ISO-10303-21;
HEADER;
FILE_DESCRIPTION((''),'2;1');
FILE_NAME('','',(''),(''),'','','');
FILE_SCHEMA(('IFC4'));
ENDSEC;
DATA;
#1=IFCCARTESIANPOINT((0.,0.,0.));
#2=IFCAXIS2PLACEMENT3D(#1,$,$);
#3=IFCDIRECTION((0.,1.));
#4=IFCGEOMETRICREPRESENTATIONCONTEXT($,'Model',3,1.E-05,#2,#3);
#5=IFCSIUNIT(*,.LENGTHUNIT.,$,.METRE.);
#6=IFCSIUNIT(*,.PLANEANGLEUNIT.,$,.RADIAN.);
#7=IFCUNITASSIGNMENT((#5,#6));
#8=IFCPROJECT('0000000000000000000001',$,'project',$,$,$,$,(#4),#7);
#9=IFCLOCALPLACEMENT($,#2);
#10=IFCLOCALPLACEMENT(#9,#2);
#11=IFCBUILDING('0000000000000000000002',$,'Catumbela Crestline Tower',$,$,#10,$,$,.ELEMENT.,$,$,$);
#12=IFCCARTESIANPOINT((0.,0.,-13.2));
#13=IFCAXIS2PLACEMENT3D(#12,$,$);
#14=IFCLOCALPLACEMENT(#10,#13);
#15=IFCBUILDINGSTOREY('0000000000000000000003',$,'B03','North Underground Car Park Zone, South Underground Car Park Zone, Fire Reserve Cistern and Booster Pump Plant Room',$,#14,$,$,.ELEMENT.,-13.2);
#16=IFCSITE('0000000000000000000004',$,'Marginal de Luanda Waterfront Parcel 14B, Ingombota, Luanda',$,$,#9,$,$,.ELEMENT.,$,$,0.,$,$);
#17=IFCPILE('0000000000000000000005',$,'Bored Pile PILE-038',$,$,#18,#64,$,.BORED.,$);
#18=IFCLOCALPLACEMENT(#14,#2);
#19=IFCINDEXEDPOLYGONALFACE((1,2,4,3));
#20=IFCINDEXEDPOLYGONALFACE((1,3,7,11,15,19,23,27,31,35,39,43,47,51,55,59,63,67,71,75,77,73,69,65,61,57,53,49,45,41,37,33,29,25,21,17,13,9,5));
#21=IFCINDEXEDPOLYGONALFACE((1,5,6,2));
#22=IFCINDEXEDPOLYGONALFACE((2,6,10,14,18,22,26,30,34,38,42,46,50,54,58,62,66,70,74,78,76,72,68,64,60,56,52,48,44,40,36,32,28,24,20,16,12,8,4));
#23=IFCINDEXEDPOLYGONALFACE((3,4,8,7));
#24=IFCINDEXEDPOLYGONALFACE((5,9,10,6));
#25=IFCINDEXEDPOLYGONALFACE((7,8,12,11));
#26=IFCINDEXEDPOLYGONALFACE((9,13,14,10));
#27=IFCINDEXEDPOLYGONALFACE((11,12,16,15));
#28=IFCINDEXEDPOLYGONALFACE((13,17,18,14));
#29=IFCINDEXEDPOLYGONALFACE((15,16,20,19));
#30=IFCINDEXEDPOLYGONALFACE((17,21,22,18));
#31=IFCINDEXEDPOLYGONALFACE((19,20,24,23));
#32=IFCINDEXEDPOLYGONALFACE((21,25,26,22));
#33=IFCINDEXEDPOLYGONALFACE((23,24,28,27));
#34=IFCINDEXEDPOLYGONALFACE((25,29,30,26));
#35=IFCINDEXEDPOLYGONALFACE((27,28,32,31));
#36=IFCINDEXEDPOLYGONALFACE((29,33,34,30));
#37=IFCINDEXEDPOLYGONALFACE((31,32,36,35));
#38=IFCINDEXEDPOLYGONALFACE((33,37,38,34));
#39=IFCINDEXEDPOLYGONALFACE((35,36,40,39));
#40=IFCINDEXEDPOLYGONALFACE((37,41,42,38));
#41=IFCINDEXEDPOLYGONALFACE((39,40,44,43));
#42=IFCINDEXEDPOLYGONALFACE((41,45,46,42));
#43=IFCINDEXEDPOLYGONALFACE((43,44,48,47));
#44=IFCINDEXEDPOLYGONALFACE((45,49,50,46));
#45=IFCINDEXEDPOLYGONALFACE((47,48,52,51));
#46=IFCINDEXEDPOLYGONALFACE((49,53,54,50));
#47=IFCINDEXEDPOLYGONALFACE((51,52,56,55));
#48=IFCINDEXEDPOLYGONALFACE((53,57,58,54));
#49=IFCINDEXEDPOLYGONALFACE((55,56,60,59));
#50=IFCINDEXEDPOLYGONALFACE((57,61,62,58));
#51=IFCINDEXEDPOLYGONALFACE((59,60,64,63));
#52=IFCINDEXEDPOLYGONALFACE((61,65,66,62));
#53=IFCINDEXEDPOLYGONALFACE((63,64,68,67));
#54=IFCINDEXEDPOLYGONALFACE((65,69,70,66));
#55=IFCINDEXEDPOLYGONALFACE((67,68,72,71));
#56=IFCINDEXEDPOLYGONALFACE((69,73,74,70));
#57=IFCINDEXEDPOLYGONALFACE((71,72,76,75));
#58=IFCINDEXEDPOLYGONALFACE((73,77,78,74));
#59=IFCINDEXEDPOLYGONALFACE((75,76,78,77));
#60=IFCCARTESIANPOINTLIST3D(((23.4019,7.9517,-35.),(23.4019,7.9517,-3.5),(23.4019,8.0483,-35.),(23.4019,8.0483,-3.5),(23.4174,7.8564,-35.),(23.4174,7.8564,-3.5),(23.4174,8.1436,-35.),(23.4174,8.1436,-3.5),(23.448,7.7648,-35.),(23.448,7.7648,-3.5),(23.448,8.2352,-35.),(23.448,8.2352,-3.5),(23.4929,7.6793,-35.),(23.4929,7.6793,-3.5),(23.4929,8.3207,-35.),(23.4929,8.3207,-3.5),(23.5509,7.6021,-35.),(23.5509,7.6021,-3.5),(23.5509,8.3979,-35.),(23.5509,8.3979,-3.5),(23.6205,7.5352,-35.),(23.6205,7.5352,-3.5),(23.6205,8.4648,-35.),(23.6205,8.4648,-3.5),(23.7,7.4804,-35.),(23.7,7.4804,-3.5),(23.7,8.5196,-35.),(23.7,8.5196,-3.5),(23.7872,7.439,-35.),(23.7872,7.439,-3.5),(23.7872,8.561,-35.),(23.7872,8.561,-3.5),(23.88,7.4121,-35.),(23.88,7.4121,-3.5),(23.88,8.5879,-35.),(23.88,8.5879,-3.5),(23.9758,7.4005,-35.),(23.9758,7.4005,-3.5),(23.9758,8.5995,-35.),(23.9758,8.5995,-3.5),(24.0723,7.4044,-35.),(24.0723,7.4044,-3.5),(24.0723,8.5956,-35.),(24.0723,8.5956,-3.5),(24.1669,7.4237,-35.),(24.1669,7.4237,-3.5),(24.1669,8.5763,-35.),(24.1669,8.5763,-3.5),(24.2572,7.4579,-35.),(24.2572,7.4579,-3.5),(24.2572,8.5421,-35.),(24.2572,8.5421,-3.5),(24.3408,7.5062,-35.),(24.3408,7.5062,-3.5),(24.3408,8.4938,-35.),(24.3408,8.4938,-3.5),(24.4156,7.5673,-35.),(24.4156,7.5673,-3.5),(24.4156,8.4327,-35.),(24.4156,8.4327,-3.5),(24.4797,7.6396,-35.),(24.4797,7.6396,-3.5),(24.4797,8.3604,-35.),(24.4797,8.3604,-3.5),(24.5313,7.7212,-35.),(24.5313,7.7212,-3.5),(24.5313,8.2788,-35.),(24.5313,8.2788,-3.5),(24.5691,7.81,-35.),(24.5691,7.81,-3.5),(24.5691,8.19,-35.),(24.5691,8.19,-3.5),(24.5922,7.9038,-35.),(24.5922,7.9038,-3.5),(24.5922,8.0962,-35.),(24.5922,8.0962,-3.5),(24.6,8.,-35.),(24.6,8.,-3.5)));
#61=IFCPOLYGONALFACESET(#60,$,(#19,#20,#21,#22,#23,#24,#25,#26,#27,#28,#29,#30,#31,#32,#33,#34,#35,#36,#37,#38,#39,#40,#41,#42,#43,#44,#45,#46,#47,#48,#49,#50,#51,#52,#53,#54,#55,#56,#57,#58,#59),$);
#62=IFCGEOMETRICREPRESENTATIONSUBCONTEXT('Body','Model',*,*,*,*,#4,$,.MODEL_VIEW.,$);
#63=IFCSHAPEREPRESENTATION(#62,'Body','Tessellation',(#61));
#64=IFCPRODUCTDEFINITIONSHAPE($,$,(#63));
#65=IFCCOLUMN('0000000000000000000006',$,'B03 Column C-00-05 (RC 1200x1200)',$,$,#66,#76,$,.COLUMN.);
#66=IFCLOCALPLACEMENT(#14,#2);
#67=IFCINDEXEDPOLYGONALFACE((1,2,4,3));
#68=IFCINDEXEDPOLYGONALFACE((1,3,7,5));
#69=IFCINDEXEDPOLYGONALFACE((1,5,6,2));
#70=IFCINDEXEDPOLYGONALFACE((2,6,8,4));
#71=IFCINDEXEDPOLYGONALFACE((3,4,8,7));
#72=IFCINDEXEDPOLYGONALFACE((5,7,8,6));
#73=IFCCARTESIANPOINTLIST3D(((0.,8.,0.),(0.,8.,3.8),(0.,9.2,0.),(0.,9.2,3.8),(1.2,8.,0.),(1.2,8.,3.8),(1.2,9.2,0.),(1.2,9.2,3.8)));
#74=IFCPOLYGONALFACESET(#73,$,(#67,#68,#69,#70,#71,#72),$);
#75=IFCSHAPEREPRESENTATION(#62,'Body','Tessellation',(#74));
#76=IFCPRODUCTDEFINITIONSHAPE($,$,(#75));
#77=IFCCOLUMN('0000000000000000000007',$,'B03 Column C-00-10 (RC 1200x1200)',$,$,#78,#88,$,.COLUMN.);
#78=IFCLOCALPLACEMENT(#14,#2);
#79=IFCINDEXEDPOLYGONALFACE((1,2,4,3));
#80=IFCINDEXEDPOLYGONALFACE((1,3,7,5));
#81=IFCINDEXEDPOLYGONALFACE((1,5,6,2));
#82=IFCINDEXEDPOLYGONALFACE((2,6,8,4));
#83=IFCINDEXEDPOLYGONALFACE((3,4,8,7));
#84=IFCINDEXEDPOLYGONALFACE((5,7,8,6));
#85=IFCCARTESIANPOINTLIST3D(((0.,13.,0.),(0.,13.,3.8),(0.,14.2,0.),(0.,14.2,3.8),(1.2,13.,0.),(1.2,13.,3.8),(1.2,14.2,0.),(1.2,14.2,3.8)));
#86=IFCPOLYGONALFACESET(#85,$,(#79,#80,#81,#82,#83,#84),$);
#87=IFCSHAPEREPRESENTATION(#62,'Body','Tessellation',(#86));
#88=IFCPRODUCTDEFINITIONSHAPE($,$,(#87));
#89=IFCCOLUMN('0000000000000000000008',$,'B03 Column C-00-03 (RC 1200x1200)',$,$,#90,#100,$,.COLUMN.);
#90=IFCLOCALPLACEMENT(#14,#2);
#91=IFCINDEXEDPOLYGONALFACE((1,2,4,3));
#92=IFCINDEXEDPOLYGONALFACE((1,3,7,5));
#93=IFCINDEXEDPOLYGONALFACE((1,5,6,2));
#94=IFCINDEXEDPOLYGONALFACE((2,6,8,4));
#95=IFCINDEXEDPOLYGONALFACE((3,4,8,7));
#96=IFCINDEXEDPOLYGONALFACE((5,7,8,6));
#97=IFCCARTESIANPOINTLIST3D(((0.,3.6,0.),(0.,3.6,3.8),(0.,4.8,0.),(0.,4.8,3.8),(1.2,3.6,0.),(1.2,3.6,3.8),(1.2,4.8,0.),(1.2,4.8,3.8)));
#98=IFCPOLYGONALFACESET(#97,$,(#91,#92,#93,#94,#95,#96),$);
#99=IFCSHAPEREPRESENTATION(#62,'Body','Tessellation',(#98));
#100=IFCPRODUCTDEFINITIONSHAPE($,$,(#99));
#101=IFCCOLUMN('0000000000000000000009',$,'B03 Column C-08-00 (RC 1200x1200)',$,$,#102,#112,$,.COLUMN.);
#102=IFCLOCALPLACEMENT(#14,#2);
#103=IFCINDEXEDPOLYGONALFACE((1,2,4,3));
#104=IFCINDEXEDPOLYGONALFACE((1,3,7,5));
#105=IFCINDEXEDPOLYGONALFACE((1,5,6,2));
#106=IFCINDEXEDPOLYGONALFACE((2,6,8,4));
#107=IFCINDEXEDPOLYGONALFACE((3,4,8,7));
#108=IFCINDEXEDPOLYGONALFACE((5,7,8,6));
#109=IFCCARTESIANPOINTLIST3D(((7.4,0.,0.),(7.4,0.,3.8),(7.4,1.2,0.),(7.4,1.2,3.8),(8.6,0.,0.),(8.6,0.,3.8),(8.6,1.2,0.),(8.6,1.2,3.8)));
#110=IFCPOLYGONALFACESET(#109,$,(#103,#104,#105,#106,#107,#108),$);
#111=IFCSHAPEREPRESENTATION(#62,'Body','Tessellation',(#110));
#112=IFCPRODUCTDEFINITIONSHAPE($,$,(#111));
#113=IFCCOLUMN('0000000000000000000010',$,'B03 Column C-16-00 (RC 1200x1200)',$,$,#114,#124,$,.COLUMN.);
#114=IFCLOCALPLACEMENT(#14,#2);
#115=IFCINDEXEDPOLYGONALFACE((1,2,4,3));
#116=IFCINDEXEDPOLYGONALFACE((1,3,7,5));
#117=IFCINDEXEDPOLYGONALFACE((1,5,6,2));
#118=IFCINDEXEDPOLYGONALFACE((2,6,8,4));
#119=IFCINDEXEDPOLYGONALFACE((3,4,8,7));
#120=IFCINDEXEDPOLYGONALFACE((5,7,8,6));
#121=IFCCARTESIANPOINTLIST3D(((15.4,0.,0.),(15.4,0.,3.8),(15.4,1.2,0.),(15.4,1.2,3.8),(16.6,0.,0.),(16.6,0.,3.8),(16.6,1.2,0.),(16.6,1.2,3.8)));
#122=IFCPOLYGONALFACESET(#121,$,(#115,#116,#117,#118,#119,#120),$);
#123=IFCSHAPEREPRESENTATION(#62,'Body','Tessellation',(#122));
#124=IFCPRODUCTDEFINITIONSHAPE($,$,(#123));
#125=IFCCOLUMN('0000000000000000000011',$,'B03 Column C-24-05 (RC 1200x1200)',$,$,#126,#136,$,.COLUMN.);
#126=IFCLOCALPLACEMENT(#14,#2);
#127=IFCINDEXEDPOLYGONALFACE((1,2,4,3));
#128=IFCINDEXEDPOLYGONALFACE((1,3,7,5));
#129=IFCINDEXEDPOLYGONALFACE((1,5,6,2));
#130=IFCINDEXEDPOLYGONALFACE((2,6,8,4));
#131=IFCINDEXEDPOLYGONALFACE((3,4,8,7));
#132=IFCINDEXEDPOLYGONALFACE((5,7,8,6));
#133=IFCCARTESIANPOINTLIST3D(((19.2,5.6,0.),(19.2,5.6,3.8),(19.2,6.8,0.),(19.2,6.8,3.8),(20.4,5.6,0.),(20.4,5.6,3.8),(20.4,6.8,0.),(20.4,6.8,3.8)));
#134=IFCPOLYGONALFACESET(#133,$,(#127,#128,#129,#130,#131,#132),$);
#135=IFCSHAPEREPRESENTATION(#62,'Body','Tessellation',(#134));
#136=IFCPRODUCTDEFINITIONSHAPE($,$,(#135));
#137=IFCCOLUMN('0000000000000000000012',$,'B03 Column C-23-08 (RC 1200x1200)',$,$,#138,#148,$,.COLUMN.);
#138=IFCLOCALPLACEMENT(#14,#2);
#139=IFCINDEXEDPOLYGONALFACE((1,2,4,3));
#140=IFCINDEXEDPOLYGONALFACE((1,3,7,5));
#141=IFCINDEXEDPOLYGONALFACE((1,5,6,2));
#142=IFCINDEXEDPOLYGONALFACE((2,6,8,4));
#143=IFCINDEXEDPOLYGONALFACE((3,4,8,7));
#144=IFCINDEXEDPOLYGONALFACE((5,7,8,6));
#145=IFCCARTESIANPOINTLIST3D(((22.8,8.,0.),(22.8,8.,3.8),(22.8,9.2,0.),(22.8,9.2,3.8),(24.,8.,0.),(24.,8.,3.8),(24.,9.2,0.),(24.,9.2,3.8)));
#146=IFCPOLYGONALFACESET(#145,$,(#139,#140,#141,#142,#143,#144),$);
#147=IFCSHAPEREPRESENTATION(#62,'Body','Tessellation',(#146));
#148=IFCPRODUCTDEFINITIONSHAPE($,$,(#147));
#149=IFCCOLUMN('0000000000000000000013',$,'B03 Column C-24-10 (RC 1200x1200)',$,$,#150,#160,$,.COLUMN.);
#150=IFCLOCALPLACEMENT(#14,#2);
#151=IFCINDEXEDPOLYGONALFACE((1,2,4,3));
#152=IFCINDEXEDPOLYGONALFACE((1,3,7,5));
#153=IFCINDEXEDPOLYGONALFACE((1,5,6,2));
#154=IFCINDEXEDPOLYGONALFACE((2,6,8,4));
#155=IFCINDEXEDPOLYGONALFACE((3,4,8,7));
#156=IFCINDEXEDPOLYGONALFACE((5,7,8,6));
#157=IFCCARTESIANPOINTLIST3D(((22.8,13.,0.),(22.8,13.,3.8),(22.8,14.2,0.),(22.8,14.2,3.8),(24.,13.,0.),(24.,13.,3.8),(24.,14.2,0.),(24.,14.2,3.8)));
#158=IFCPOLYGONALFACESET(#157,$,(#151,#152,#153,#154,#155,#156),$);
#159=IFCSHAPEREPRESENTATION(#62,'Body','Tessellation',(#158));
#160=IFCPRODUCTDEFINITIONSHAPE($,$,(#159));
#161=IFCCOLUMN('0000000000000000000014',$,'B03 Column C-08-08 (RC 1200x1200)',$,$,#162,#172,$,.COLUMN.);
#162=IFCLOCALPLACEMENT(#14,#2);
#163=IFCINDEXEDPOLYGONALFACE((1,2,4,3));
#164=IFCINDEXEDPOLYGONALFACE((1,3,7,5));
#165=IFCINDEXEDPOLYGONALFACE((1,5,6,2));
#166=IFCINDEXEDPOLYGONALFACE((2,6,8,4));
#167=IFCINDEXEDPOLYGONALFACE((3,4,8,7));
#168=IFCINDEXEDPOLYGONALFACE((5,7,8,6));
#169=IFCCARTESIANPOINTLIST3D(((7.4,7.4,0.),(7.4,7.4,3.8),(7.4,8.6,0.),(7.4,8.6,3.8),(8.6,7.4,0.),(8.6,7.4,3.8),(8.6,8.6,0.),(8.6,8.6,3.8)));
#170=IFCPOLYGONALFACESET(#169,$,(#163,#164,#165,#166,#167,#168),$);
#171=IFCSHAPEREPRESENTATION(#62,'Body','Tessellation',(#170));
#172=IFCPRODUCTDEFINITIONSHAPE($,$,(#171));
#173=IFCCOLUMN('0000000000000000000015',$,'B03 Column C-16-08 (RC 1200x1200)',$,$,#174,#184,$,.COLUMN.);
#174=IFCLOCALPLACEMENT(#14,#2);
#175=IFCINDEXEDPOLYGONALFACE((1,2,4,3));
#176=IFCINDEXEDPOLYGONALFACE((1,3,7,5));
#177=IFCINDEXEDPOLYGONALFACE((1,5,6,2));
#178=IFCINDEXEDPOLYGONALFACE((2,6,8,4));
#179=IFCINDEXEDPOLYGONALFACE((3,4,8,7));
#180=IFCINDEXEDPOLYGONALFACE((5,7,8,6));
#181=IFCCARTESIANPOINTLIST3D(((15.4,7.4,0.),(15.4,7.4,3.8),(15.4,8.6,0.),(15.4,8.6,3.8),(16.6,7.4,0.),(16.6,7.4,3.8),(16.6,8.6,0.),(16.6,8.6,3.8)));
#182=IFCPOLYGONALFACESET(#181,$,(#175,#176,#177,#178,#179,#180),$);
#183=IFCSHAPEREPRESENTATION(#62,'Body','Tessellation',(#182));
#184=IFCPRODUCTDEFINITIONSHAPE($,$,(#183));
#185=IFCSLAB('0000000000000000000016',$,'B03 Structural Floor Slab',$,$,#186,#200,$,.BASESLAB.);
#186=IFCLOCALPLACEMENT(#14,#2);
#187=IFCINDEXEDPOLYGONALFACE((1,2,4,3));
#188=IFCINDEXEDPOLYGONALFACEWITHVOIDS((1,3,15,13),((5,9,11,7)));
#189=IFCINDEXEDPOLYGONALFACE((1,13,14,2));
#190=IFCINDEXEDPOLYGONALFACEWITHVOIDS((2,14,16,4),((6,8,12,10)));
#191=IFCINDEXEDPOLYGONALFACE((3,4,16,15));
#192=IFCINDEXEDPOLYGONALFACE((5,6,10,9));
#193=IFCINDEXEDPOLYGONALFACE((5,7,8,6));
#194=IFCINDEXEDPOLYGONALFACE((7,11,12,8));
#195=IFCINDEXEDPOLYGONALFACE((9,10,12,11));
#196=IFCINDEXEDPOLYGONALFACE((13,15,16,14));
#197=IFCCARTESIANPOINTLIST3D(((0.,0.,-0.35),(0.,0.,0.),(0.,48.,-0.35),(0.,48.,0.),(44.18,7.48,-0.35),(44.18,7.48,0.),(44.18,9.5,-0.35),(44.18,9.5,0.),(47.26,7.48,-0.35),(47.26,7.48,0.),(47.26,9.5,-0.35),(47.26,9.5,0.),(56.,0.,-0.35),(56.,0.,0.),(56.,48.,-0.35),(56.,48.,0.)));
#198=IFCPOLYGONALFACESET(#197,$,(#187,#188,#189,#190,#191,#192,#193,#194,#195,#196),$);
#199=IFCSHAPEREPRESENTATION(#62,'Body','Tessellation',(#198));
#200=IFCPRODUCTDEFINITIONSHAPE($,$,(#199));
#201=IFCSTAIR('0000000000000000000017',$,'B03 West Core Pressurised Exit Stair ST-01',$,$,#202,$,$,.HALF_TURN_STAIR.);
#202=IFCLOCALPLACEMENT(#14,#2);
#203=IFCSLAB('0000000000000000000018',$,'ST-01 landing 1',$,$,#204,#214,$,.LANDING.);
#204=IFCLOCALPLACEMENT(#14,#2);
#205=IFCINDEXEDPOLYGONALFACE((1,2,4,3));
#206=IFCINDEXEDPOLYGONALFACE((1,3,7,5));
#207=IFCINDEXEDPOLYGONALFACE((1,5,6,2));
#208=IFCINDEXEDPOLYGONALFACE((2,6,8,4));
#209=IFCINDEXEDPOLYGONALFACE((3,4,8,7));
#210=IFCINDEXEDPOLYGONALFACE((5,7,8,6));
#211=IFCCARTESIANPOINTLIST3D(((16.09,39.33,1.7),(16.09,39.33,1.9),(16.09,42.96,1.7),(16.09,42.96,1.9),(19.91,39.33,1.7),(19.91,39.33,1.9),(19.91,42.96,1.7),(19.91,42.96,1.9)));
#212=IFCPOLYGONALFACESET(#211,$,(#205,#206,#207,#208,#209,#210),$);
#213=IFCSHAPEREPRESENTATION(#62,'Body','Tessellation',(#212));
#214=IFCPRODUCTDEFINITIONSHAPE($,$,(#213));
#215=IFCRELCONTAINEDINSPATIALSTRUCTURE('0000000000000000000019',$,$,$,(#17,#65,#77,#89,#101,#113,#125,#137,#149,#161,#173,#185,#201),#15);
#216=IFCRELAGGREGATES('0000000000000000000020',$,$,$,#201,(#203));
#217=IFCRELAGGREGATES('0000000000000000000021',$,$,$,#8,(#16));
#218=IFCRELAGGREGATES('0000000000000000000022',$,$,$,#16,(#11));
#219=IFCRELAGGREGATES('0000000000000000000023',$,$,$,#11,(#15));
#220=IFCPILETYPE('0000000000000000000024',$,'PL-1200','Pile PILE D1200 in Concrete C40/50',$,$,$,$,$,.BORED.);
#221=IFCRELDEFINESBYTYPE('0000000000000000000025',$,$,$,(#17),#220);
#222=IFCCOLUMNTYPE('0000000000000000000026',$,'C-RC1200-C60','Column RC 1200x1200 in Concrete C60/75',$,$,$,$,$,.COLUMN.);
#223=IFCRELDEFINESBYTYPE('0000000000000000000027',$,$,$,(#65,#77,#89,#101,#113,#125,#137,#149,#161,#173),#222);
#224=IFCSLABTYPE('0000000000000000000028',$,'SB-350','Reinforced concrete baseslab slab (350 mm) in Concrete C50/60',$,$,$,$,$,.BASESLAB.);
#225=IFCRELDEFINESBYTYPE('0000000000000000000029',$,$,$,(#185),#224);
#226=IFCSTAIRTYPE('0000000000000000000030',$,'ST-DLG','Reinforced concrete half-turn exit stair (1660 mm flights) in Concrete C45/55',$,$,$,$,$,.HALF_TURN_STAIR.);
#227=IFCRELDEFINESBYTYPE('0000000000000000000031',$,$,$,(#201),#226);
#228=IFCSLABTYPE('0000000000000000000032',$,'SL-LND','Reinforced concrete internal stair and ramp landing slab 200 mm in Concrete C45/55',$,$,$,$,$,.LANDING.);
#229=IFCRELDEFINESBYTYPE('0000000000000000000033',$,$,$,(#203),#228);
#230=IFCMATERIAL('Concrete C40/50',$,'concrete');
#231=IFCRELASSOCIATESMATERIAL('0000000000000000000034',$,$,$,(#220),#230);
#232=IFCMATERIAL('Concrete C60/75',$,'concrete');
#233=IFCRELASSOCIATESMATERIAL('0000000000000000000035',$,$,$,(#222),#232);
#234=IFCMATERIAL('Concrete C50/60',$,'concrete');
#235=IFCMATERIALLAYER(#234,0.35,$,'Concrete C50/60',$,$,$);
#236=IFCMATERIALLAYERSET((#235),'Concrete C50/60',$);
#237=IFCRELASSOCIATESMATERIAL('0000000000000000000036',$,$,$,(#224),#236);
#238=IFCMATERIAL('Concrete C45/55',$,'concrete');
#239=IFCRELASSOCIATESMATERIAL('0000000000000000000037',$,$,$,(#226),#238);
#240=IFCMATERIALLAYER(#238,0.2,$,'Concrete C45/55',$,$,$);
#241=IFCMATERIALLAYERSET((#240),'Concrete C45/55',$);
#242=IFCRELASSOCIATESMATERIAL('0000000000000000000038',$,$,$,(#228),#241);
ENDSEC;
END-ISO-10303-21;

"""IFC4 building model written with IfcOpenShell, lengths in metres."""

from ifc_helpers import new_model, si_unit, direction, frame, origin, origin_2d, place, context, subcontext, project, spatial, polyline, rectangle, circle, outline, extrude, material, layer, layer_set, material_profile, profile_set, type_object, element, aggregate, save


model = new_model("IFC4")

# Units and contexts
model_context = context("Model", 3, precision=1e-05, world=origin(), true_north=direction((0.0, 1.0)))
body_context = subcontext(model_context, "Body", "Model", "MODEL_VIEW")
ifc_project = project(units=[si_unit("LENGTHUNIT", "METRE"), si_unit("PLANEANGLEUNIT", "RADIAN")], contexts=[model_context])

# Site, building, storey
site_placement = place(None, origin())
site = spatial("IfcSite", under=ifc_project, at=site_placement, Name="Marginal de Luanda Waterfront Parcel 14B, Ingombota, Luanda", CompositionType="ELEMENT", RefElevation=0.0)
building_placement = place(site_placement, origin())
building = spatial("IfcBuilding", under=site, at=building_placement, Name="Catumbela Crestline Tower", CompositionType="ELEMENT")
storey_placement = place(building_placement, frame((0.0, 0.0, -13.2)))
storey = spatial("IfcBuildingStorey", under=building, at=storey_placement, Name="B03", Description="North Underground Car Park Zone, South Underground Car Park Zone, Fire Reserve Cistern and Booster Pump Plant Room", CompositionType="ELEMENT", Elevation=-13.2)

# Shared definitions
ifc_material_1 = material(Name="Concrete C50/60", Category="concrete")

# Pile
ifc_material_2 = material(Name="Concrete C40/50", Category="concrete")
ifc_material_profile_1 = material_profile(ifc_material_2, circle(Radius=0.6, at=origin_2d()), Name="PILE D1200")
ifc_profile_set_1 = profile_set([ifc_material_profile_1], Name="Concrete C40/50")
pile_type = type_object("IfcPileType", Name="PL-1200", Description="Pile PILE D1200 in Concrete C40/50", PredefinedType="BORED", material=ifc_profile_set_1)
for number, where, z_axis, x_axis, name in (
    (1, (24.0, 8.0, -3.5), (0.0, 0.0, -1.0), (1.0, 0.0, 0.0), "Bored Pile PILE-038"),
):
    element("IfcPile", number, at=place(storey_placement, frame(where, z_axis=z_axis, x_axis=x_axis)), inside=storey, type_object=pile_type, Name=name, PredefinedType="BORED", context=body_context, shape_type="SweptSolid", body=[
        extrude(circle(Radius=0.6, at=origin_2d()), origin(), (0.0, 0.0, 1.0), 31.5),
    ])

# Columns
ifc_material_3 = material(Name="Concrete C60/75", Category="concrete")
ifc_material_profile_2 = material_profile(ifc_material_3, rectangle(XDim=1.2, YDim=1.2, at=origin_2d()), Name="RC 1200x1200")
ifc_profile_set_2 = profile_set([ifc_material_profile_2], Name="Concrete C60/75")
column_type = type_object("IfcColumnType", Name="C-RC1200-C60", Description="Column RC 1200x1200 in Concrete C60/75", PredefinedType="COLUMN", material=ifc_profile_set_2)
for number, where, z_axis, x_axis, name in (
    (2, (0.6, 8.6, 0.0), (0.0, 0.0, 1.0), (1.0, 0.0, 0.0), "B03 Column C-00-05 (RC 1200x1200)"),
    (3, (0.6, 13.6, 0.0), (0.0, 0.0, 1.0), (1.0, 0.0, 0.0), "B03 Column C-00-10 (RC 1200x1200)"),
    (4, (0.6, 4.2, 0.0), (0.0, 0.0, 1.0), (1.0, 0.0, 0.0), "B03 Column C-00-03 (RC 1200x1200)"),
    (5, (8.0, 0.6, 0.0), (0.0, 0.0, 1.0), (1.0, 0.0, 0.0), "B03 Column C-08-00 (RC 1200x1200)"),
    (6, (16.0, 0.6, 0.0), (0.0, 0.0, 1.0), (1.0, 0.0, 0.0), "B03 Column C-16-00 (RC 1200x1200)"),
    (7, (19.8, 6.2, 0.0), (0.0, 0.0, 1.0), (1.0, 0.0, 0.0), "B03 Column C-24-05 (RC 1200x1200)"),
    (8, (23.4, 8.6, 0.0), (0.0, 0.0, 1.0), (1.0, 0.0, 0.0), "B03 Column C-23-08 (RC 1200x1200)"),
    (9, (23.4, 13.6, 0.0), (0.0, 0.0, 1.0), (1.0, 0.0, 0.0), "B03 Column C-24-10 (RC 1200x1200)"),
    (10, (8.0, 8.0, 0.0), (0.0, 0.0, 1.0), (1.0, 0.0, 0.0), "B03 Column C-08-08 (RC 1200x1200)"),
    (11, (16.0, 8.0, 0.0), (0.0, 0.0, 1.0), (1.0, 0.0, 0.0), "B03 Column C-16-08 (RC 1200x1200)"),
):
    element("IfcColumn", number, at=place(storey_placement, frame(where, z_axis=z_axis, x_axis=x_axis)), inside=storey, type_object=column_type, Name=name, PredefinedType="COLUMN", context=body_context, shape_type="SweptSolid", body=[
        extrude(rectangle(XDim=1.2, YDim=1.2, at=origin_2d()), origin(), (0.0, 0.0, 1.0), 3.8),
    ])

# Slab
ifc_layer_1 = layer(ifc_material_1, 0.35, Name="Concrete C50/60")
ifc_layer_set_1 = layer_set([ifc_layer_1], Name="Concrete C50/60")
slab_type_1 = type_object("IfcSlabType", Name="SB-350", Description="Reinforced concrete baseslab slab (350 mm) in Concrete C50/60", PredefinedType="BASESLAB", material=ifc_layer_set_1)
slab_1_placement = place(storey_placement, frame((0.0, 0.0, -0.35)))
element("IfcSlab", 12, at=slab_1_placement, inside=storey, type_object=slab_type_1, Name="B03 Structural Floor Slab", PredefinedType="BASESLAB", context=body_context, shape_type="SweptSolid", body=[
    extrude(outline(polyline([(0.0, 0.0), (56.0, 0.0), (56.0, 48.0), (0.0, 48.0), (0.0, 0.0)]), holes=[polyline([(44.18, 7.48), (47.26, 7.48), (47.26, 9.5), (44.18, 9.5), (44.18, 7.48)])]), origin(), (0.0, 0.0, 1.0), 0.35),
])

# Stair, slab
ifc_material_4 = material(Name="Concrete C45/55", Category="concrete")
stair_type = type_object("IfcStairType", Name="ST-DLG", Description="Reinforced concrete half-turn exit stair (1660 mm flights) in Concrete C45/55", PredefinedType="HALF_TURN_STAIR", material=ifc_material_4)
stair_1_placement = place(storey_placement, origin())
stair_1 = element("IfcStair", 13, at=stair_1_placement, inside=storey, type_object=stair_type, Name="B03 West Core Pressurised Exit Stair ST-01", PredefinedType="HALF_TURN_STAIR")
ifc_layer_2 = layer(ifc_material_4, 0.2, Name="Concrete C45/55")
ifc_layer_set_2 = layer_set([ifc_layer_2], Name="Concrete C45/55")
slab_type_2 = type_object("IfcSlabType", Name="SL-LND", Description="Reinforced concrete internal stair and ramp landing slab 200 mm in Concrete C45/55", PredefinedType="LANDING", material=ifc_layer_set_2)
slab_2_placement = place(storey_placement, frame((0.0, 0.0, 1.7)))
slab_2 = element("IfcSlab", 14, at=slab_2_placement, type_object=slab_type_2, Name="ST-01 landing 1", PredefinedType="LANDING", context=body_context, shape_type="SweptSolid", body=[
    extrude(outline(polyline([(19.91, 39.33), (19.91, 42.96), (16.09, 42.96), (16.09, 39.33), (19.91, 39.33)])), origin(), (0.0, 0.0, 1.0), 0.2),
])
aggregate(stair_1, [slab_2])

save(model, "model.ifc")
